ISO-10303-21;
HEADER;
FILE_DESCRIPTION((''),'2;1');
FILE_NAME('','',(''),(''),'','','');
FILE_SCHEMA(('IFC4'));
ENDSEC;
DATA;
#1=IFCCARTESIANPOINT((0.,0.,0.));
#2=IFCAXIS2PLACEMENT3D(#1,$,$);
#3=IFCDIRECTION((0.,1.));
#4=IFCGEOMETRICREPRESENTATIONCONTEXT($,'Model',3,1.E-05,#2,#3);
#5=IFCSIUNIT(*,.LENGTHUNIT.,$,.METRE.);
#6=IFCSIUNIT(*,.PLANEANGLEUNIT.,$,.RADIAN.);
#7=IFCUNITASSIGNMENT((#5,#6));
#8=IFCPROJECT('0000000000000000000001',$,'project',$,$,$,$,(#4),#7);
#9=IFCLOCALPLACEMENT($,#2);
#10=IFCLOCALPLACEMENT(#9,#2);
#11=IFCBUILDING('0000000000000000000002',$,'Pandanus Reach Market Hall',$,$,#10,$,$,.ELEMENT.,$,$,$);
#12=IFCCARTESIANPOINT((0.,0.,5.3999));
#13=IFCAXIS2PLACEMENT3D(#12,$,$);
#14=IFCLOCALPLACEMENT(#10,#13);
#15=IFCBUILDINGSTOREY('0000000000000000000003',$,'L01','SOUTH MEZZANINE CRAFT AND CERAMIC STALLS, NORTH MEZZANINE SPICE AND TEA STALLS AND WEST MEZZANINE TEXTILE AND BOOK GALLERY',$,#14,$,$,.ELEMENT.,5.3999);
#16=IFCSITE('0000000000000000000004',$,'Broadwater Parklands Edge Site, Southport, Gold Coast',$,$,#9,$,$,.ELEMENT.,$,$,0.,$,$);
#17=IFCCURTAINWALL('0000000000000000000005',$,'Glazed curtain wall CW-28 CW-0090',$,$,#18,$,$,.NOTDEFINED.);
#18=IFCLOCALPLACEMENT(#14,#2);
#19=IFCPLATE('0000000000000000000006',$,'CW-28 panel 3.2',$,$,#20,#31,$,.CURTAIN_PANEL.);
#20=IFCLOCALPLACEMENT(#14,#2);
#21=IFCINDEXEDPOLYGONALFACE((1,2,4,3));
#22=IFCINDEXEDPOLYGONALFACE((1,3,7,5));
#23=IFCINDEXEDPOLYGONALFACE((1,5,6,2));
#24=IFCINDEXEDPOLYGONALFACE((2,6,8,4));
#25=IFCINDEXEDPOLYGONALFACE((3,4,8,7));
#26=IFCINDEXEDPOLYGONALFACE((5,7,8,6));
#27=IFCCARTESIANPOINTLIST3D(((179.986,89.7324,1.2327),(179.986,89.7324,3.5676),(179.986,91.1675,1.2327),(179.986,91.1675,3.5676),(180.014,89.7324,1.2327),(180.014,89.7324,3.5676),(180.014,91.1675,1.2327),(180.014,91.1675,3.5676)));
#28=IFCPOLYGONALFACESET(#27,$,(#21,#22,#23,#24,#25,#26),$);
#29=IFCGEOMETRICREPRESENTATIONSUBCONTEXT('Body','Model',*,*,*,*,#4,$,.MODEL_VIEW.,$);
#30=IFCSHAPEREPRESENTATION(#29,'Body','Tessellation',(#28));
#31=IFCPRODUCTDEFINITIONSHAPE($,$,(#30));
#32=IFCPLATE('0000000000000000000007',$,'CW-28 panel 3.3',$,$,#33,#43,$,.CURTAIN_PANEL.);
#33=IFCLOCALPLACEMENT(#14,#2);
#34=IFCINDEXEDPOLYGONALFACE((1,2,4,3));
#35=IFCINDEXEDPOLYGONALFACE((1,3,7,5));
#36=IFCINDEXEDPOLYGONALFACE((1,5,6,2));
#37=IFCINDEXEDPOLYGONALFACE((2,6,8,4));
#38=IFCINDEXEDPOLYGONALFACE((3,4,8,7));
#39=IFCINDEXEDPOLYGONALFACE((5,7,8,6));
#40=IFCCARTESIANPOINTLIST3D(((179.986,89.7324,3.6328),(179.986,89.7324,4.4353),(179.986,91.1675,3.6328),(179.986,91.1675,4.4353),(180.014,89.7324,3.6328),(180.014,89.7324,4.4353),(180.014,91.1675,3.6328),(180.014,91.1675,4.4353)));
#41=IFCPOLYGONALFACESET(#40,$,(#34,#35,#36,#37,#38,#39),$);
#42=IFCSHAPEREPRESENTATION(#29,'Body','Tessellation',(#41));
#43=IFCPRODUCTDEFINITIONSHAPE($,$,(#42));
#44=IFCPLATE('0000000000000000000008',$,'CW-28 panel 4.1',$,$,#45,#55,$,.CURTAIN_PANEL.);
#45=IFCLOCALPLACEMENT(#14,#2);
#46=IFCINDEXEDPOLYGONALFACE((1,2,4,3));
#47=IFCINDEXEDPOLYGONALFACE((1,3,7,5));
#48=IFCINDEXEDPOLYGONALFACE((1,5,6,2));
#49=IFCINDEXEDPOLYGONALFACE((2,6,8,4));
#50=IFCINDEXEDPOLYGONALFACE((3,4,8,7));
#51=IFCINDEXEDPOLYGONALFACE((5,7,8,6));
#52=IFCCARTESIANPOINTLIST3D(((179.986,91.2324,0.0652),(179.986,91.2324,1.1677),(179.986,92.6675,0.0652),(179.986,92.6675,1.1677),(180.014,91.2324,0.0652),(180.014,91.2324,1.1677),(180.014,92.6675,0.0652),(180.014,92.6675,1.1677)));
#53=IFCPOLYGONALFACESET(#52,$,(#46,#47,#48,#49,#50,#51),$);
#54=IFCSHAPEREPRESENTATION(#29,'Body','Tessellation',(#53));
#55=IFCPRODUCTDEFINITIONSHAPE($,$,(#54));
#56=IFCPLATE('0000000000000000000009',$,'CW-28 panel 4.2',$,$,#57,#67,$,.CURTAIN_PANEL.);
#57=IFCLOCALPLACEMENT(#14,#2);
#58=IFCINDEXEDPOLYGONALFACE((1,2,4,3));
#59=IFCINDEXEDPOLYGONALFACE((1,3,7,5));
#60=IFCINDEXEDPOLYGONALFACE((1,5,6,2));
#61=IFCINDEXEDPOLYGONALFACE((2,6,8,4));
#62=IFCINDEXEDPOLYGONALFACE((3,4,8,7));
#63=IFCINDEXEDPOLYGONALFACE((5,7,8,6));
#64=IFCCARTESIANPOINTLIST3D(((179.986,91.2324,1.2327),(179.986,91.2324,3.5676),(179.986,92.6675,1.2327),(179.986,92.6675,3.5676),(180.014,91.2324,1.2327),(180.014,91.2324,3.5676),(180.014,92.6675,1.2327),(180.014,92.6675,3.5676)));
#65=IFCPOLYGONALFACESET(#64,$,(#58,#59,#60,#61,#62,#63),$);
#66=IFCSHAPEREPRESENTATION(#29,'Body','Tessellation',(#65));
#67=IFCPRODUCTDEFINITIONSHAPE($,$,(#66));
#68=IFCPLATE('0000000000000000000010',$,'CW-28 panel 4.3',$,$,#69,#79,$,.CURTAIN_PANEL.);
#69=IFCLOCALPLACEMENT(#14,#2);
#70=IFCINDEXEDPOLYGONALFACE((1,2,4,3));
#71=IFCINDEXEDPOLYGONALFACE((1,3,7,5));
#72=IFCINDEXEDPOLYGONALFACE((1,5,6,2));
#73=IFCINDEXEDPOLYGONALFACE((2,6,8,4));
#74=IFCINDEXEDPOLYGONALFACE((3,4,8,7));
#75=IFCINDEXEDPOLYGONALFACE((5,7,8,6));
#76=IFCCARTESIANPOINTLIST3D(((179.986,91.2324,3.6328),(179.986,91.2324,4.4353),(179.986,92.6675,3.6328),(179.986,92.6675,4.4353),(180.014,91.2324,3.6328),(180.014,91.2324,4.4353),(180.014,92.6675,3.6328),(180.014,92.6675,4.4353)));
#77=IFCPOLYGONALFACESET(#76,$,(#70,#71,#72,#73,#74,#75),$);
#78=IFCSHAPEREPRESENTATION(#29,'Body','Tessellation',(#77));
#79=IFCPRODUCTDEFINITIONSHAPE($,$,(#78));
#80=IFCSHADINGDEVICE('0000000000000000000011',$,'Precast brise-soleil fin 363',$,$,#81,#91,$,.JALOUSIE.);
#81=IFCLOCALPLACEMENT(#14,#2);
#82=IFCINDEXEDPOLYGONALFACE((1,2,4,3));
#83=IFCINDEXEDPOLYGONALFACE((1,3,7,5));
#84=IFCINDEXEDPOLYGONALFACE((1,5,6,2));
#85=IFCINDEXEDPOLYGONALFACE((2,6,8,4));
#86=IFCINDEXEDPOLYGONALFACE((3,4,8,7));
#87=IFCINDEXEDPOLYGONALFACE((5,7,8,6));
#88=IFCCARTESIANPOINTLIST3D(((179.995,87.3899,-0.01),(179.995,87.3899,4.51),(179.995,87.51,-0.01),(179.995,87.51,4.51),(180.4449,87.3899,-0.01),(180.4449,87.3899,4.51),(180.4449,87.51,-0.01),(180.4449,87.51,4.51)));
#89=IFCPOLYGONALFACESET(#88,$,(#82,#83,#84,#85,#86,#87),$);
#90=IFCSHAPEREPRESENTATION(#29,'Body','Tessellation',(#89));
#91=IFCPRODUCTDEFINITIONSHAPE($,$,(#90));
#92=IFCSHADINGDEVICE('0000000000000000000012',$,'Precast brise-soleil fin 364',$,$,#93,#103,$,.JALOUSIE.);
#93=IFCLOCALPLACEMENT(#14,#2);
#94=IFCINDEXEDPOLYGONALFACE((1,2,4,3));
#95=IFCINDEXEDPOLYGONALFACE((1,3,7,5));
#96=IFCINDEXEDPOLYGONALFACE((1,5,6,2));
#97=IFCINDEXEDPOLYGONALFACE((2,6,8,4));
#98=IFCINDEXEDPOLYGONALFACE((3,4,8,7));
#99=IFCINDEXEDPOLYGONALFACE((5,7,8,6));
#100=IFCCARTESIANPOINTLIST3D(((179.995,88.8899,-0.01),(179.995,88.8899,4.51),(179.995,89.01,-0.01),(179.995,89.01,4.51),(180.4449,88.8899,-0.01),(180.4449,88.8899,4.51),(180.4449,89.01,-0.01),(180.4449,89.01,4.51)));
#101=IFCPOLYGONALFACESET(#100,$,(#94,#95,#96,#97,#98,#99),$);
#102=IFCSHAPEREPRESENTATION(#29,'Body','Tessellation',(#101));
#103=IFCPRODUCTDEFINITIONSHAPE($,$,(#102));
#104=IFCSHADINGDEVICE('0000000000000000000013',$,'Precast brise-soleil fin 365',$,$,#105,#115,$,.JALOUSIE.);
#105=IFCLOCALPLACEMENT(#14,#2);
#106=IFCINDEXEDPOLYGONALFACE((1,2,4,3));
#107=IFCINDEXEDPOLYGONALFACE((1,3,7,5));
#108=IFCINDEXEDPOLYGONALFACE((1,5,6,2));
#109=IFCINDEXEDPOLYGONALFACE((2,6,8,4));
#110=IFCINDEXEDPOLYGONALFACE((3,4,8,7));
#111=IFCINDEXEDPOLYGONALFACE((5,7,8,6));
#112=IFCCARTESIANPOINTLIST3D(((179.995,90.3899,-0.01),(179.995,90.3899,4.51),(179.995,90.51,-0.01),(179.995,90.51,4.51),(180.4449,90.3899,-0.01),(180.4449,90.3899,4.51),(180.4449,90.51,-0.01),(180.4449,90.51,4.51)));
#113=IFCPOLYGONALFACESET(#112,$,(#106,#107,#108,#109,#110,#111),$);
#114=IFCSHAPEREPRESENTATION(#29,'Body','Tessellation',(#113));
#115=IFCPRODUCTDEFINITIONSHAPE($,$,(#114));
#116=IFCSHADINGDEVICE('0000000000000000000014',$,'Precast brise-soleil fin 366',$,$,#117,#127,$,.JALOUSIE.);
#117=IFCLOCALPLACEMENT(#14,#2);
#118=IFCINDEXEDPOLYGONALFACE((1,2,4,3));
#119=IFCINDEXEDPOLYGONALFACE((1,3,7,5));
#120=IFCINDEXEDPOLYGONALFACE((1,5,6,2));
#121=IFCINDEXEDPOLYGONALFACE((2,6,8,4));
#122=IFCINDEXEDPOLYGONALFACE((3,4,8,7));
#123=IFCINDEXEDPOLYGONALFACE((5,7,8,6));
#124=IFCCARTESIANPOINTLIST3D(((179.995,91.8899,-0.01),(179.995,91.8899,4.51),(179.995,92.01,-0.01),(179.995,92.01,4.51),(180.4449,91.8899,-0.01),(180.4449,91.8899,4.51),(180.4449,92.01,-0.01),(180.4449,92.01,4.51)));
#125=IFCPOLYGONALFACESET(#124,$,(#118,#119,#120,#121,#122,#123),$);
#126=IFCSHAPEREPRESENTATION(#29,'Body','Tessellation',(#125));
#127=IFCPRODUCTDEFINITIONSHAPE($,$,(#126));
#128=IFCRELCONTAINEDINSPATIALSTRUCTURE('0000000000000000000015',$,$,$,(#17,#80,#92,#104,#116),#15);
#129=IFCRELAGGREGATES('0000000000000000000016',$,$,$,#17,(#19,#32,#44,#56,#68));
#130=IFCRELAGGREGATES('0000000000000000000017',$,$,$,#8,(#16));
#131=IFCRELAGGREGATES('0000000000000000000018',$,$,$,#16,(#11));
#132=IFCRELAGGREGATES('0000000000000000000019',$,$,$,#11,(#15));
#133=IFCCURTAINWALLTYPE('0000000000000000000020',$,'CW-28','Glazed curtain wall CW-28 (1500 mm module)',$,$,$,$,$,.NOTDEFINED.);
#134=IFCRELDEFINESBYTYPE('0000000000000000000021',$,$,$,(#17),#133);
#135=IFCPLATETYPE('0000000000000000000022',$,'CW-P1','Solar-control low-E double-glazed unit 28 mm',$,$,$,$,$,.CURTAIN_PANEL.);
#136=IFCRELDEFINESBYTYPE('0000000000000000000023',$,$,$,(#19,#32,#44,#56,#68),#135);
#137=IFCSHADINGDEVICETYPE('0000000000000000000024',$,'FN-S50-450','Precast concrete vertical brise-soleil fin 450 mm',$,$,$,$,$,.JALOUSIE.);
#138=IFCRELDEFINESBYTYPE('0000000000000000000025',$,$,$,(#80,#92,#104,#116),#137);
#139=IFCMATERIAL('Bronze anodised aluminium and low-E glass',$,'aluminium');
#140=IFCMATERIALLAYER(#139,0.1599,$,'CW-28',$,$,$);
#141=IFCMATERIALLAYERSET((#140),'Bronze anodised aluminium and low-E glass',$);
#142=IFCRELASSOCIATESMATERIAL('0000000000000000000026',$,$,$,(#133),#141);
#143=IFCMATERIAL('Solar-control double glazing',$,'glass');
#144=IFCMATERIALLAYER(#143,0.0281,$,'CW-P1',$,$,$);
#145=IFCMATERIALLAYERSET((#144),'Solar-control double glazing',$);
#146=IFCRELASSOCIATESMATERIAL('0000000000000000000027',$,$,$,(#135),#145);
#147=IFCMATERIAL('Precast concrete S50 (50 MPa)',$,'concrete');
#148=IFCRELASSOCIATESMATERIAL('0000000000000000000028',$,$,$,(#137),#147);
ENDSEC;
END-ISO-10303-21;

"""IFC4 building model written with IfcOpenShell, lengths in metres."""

from ifc_helpers import new_model, si_unit, direction, frame, origin, origin_2d, place, context, subcontext, project, spatial, rectangle, extrude, material, layer, layer_set, type_object, element, aggregate, save


model = new_model("IFC4")

# Units and contexts
model_context = context("Model", 3, precision=1e-05, world=origin(), true_north=direction((0.0, 1.0)))
body_context = subcontext(model_context, "Body", "Model", "MODEL_VIEW")
ifc_project = project(units=[si_unit("LENGTHUNIT", "METRE"), si_unit("PLANEANGLEUNIT", "RADIAN")], contexts=[model_context])

# Site, building, storey
site_placement = place(None, origin())
site = spatial("IfcSite", under=ifc_project, at=site_placement, Name="Broadwater Parklands Edge Site, Southport, Gold Coast", CompositionType="ELEMENT", RefElevation=0.0)
building_placement = place(site_placement, origin())
building = spatial("IfcBuilding", under=site, at=building_placement, Name="Pandanus Reach Market Hall", CompositionType="ELEMENT")
storey_placement = place(building_placement, frame((0.0, 0.0, 5.3999)))
storey = spatial("IfcBuildingStorey", under=building, at=storey_placement, Name="L01", Description="SOUTH MEZZANINE CRAFT AND CERAMIC STALLS, NORTH MEZZANINE SPICE AND TEA STALLS AND WEST MEZZANINE TEXTILE AND BOOK GALLERY", CompositionType="ELEMENT", Elevation=5.3999)

# Curtain wall, plates
ifc_material_1 = material(Name="Bronze anodised aluminium and low-E glass", Category="aluminium")
ifc_layer_1 = layer(ifc_material_1, 0.1599, Name="CW-28")
ifc_layer_set_1 = layer_set([ifc_layer_1], Name="Bronze anodised aluminium and low-E glass")
curtain_wall_type = type_object("IfcCurtainWallType", Name="CW-28", Description="Glazed curtain wall CW-28 (1500 mm module)", PredefinedType="NOTDEFINED", material=ifc_layer_set_1)
curtain_wall_placement = place(storey_placement, origin())
curtain_wall = element("IfcCurtainWall", 1, at=curtain_wall_placement, inside=storey, type_object=curtain_wall_type, Name="Glazed curtain wall CW-28 CW-0090", PredefinedType="NOTDEFINED")
ifc_material_2 = material(Name="Solar-control double glazing", Category="glass")
ifc_layer_2 = layer(ifc_material_2, 0.0281, Name="CW-P1")
ifc_layer_set_2 = layer_set([ifc_layer_2], Name="Solar-control double glazing")
plate_type = type_object("IfcPlateType", Name="CW-P1", Description="Solar-control low-E double-glazed unit 28 mm", PredefinedType="CURTAIN_PANEL", material=ifc_layer_set_2)
plate_1_placement = place(storey_placement, frame((180.0, 90.45, 1.2327), z_axis=(0.0, 0.0, 1.0), x_axis=(0.0, 1.0, 0.0)))
plate_1 = element("IfcPlate", 2, at=plate_1_placement, type_object=plate_type, Name="CW-28 panel 3.2", PredefinedType="CURTAIN_PANEL", context=body_context, shape_type="SweptSolid", body=[
    extrude(rectangle(XDim=1.4351, YDim=0.0281, at=origin_2d()), origin(), (0.0, 0.0, 1.0), 2.335),
])
plate_2_placement = place(storey_placement, frame((180.0, 90.45, 3.6328), z_axis=(0.0, 0.0, 1.0), x_axis=(0.0, 1.0, 0.0)))
plate_2 = element("IfcPlate", 3, at=plate_2_placement, type_object=plate_type, Name="CW-28 panel 3.3", PredefinedType="CURTAIN_PANEL", context=body_context, shape_type="SweptSolid", body=[
    extrude(rectangle(XDim=1.4351, YDim=0.0281, at=origin_2d()), origin(), (0.0, 0.0, 1.0), 0.8025),
])
plate_3_placement = place(storey_placement, frame((180.0, 91.95, 0.0652), z_axis=(0.0, 0.0, 1.0), x_axis=(0.0, 1.0, 0.0)))
plate_3 = element("IfcPlate", 4, at=plate_3_placement, type_object=plate_type, Name="CW-28 panel 4.1", PredefinedType="CURTAIN_PANEL", context=body_context, shape_type="SweptSolid", body=[
    extrude(rectangle(XDim=1.4351, YDim=0.0281, at=origin_2d()), origin(), (0.0, 0.0, 1.0), 1.1025),
])
plate_4_placement = place(storey_placement, frame((180.0, 91.95, 1.2327), z_axis=(0.0, 0.0, 1.0), x_axis=(0.0, 1.0, 0.0)))
plate_4 = element("IfcPlate", 5, at=plate_4_placement, type_object=plate_type, Name="CW-28 panel 4.2", PredefinedType="CURTAIN_PANEL", context=body_context, shape_type="SweptSolid", body=[
    extrude(rectangle(XDim=1.4351, YDim=0.0281, at=origin_2d()), origin(), (0.0, 0.0, 1.0), 2.335),
])
plate_5_placement = place(storey_placement, frame((180.0, 91.95, 3.6328), z_axis=(0.0, 0.0, 1.0), x_axis=(0.0, 1.0, 0.0)))
plate_5 = element("IfcPlate", 6, at=plate_5_placement, type_object=plate_type, Name="CW-28 panel 4.3", PredefinedType="CURTAIN_PANEL", context=body_context, shape_type="SweptSolid", body=[
    extrude(rectangle(XDim=1.4351, YDim=0.0281, at=origin_2d()), origin(), (0.0, 0.0, 1.0), 0.8025),
])
aggregate(curtain_wall, [plate_1, plate_2, plate_3, plate_4, plate_5])

# Shading devices
ifc_material_3 = material(Name="Precast concrete S50 (50 MPa)", Category="concrete")
shading_device_type = type_object("IfcShadingDeviceType", Name="FN-S50-450", Description="Precast concrete vertical brise-soleil fin 450 mm", PredefinedType="JALOUSIE", material=ifc_material_3)
for number, where, z_axis, x_axis, name in (
    (7, (180.22, 87.45, -0.01), (0.0, 0.0, 1.0), (1.0, 0.0, 0.0), "Precast brise-soleil fin 363"),
    (8, (180.22, 88.95, -0.01), (0.0, 0.0, 1.0), (1.0, 0.0, 0.0), "Precast brise-soleil fin 364"),
    (9, (180.22, 90.45, -0.01), (0.0, 0.0, 1.0), (1.0, 0.0, 0.0), "Precast brise-soleil fin 365"),
    (10, (180.22, 91.95, -0.01), (0.0, 0.0, 1.0), (1.0, 0.0, 0.0), "Precast brise-soleil fin 366"),
):
    element("IfcShadingDevice", number, at=place(storey_placement, frame(where, z_axis=z_axis, x_axis=x_axis)), inside=storey, type_object=shading_device_type, Name=name, PredefinedType="JALOUSIE", context=body_context, shape_type="SweptSolid", body=[
        extrude(rectangle(XDim=0.45, YDim=0.1201, at=origin_2d()), origin(), (0.0, 0.0, 1.0), 4.52),
    ])

save(model, "model.ifc")
